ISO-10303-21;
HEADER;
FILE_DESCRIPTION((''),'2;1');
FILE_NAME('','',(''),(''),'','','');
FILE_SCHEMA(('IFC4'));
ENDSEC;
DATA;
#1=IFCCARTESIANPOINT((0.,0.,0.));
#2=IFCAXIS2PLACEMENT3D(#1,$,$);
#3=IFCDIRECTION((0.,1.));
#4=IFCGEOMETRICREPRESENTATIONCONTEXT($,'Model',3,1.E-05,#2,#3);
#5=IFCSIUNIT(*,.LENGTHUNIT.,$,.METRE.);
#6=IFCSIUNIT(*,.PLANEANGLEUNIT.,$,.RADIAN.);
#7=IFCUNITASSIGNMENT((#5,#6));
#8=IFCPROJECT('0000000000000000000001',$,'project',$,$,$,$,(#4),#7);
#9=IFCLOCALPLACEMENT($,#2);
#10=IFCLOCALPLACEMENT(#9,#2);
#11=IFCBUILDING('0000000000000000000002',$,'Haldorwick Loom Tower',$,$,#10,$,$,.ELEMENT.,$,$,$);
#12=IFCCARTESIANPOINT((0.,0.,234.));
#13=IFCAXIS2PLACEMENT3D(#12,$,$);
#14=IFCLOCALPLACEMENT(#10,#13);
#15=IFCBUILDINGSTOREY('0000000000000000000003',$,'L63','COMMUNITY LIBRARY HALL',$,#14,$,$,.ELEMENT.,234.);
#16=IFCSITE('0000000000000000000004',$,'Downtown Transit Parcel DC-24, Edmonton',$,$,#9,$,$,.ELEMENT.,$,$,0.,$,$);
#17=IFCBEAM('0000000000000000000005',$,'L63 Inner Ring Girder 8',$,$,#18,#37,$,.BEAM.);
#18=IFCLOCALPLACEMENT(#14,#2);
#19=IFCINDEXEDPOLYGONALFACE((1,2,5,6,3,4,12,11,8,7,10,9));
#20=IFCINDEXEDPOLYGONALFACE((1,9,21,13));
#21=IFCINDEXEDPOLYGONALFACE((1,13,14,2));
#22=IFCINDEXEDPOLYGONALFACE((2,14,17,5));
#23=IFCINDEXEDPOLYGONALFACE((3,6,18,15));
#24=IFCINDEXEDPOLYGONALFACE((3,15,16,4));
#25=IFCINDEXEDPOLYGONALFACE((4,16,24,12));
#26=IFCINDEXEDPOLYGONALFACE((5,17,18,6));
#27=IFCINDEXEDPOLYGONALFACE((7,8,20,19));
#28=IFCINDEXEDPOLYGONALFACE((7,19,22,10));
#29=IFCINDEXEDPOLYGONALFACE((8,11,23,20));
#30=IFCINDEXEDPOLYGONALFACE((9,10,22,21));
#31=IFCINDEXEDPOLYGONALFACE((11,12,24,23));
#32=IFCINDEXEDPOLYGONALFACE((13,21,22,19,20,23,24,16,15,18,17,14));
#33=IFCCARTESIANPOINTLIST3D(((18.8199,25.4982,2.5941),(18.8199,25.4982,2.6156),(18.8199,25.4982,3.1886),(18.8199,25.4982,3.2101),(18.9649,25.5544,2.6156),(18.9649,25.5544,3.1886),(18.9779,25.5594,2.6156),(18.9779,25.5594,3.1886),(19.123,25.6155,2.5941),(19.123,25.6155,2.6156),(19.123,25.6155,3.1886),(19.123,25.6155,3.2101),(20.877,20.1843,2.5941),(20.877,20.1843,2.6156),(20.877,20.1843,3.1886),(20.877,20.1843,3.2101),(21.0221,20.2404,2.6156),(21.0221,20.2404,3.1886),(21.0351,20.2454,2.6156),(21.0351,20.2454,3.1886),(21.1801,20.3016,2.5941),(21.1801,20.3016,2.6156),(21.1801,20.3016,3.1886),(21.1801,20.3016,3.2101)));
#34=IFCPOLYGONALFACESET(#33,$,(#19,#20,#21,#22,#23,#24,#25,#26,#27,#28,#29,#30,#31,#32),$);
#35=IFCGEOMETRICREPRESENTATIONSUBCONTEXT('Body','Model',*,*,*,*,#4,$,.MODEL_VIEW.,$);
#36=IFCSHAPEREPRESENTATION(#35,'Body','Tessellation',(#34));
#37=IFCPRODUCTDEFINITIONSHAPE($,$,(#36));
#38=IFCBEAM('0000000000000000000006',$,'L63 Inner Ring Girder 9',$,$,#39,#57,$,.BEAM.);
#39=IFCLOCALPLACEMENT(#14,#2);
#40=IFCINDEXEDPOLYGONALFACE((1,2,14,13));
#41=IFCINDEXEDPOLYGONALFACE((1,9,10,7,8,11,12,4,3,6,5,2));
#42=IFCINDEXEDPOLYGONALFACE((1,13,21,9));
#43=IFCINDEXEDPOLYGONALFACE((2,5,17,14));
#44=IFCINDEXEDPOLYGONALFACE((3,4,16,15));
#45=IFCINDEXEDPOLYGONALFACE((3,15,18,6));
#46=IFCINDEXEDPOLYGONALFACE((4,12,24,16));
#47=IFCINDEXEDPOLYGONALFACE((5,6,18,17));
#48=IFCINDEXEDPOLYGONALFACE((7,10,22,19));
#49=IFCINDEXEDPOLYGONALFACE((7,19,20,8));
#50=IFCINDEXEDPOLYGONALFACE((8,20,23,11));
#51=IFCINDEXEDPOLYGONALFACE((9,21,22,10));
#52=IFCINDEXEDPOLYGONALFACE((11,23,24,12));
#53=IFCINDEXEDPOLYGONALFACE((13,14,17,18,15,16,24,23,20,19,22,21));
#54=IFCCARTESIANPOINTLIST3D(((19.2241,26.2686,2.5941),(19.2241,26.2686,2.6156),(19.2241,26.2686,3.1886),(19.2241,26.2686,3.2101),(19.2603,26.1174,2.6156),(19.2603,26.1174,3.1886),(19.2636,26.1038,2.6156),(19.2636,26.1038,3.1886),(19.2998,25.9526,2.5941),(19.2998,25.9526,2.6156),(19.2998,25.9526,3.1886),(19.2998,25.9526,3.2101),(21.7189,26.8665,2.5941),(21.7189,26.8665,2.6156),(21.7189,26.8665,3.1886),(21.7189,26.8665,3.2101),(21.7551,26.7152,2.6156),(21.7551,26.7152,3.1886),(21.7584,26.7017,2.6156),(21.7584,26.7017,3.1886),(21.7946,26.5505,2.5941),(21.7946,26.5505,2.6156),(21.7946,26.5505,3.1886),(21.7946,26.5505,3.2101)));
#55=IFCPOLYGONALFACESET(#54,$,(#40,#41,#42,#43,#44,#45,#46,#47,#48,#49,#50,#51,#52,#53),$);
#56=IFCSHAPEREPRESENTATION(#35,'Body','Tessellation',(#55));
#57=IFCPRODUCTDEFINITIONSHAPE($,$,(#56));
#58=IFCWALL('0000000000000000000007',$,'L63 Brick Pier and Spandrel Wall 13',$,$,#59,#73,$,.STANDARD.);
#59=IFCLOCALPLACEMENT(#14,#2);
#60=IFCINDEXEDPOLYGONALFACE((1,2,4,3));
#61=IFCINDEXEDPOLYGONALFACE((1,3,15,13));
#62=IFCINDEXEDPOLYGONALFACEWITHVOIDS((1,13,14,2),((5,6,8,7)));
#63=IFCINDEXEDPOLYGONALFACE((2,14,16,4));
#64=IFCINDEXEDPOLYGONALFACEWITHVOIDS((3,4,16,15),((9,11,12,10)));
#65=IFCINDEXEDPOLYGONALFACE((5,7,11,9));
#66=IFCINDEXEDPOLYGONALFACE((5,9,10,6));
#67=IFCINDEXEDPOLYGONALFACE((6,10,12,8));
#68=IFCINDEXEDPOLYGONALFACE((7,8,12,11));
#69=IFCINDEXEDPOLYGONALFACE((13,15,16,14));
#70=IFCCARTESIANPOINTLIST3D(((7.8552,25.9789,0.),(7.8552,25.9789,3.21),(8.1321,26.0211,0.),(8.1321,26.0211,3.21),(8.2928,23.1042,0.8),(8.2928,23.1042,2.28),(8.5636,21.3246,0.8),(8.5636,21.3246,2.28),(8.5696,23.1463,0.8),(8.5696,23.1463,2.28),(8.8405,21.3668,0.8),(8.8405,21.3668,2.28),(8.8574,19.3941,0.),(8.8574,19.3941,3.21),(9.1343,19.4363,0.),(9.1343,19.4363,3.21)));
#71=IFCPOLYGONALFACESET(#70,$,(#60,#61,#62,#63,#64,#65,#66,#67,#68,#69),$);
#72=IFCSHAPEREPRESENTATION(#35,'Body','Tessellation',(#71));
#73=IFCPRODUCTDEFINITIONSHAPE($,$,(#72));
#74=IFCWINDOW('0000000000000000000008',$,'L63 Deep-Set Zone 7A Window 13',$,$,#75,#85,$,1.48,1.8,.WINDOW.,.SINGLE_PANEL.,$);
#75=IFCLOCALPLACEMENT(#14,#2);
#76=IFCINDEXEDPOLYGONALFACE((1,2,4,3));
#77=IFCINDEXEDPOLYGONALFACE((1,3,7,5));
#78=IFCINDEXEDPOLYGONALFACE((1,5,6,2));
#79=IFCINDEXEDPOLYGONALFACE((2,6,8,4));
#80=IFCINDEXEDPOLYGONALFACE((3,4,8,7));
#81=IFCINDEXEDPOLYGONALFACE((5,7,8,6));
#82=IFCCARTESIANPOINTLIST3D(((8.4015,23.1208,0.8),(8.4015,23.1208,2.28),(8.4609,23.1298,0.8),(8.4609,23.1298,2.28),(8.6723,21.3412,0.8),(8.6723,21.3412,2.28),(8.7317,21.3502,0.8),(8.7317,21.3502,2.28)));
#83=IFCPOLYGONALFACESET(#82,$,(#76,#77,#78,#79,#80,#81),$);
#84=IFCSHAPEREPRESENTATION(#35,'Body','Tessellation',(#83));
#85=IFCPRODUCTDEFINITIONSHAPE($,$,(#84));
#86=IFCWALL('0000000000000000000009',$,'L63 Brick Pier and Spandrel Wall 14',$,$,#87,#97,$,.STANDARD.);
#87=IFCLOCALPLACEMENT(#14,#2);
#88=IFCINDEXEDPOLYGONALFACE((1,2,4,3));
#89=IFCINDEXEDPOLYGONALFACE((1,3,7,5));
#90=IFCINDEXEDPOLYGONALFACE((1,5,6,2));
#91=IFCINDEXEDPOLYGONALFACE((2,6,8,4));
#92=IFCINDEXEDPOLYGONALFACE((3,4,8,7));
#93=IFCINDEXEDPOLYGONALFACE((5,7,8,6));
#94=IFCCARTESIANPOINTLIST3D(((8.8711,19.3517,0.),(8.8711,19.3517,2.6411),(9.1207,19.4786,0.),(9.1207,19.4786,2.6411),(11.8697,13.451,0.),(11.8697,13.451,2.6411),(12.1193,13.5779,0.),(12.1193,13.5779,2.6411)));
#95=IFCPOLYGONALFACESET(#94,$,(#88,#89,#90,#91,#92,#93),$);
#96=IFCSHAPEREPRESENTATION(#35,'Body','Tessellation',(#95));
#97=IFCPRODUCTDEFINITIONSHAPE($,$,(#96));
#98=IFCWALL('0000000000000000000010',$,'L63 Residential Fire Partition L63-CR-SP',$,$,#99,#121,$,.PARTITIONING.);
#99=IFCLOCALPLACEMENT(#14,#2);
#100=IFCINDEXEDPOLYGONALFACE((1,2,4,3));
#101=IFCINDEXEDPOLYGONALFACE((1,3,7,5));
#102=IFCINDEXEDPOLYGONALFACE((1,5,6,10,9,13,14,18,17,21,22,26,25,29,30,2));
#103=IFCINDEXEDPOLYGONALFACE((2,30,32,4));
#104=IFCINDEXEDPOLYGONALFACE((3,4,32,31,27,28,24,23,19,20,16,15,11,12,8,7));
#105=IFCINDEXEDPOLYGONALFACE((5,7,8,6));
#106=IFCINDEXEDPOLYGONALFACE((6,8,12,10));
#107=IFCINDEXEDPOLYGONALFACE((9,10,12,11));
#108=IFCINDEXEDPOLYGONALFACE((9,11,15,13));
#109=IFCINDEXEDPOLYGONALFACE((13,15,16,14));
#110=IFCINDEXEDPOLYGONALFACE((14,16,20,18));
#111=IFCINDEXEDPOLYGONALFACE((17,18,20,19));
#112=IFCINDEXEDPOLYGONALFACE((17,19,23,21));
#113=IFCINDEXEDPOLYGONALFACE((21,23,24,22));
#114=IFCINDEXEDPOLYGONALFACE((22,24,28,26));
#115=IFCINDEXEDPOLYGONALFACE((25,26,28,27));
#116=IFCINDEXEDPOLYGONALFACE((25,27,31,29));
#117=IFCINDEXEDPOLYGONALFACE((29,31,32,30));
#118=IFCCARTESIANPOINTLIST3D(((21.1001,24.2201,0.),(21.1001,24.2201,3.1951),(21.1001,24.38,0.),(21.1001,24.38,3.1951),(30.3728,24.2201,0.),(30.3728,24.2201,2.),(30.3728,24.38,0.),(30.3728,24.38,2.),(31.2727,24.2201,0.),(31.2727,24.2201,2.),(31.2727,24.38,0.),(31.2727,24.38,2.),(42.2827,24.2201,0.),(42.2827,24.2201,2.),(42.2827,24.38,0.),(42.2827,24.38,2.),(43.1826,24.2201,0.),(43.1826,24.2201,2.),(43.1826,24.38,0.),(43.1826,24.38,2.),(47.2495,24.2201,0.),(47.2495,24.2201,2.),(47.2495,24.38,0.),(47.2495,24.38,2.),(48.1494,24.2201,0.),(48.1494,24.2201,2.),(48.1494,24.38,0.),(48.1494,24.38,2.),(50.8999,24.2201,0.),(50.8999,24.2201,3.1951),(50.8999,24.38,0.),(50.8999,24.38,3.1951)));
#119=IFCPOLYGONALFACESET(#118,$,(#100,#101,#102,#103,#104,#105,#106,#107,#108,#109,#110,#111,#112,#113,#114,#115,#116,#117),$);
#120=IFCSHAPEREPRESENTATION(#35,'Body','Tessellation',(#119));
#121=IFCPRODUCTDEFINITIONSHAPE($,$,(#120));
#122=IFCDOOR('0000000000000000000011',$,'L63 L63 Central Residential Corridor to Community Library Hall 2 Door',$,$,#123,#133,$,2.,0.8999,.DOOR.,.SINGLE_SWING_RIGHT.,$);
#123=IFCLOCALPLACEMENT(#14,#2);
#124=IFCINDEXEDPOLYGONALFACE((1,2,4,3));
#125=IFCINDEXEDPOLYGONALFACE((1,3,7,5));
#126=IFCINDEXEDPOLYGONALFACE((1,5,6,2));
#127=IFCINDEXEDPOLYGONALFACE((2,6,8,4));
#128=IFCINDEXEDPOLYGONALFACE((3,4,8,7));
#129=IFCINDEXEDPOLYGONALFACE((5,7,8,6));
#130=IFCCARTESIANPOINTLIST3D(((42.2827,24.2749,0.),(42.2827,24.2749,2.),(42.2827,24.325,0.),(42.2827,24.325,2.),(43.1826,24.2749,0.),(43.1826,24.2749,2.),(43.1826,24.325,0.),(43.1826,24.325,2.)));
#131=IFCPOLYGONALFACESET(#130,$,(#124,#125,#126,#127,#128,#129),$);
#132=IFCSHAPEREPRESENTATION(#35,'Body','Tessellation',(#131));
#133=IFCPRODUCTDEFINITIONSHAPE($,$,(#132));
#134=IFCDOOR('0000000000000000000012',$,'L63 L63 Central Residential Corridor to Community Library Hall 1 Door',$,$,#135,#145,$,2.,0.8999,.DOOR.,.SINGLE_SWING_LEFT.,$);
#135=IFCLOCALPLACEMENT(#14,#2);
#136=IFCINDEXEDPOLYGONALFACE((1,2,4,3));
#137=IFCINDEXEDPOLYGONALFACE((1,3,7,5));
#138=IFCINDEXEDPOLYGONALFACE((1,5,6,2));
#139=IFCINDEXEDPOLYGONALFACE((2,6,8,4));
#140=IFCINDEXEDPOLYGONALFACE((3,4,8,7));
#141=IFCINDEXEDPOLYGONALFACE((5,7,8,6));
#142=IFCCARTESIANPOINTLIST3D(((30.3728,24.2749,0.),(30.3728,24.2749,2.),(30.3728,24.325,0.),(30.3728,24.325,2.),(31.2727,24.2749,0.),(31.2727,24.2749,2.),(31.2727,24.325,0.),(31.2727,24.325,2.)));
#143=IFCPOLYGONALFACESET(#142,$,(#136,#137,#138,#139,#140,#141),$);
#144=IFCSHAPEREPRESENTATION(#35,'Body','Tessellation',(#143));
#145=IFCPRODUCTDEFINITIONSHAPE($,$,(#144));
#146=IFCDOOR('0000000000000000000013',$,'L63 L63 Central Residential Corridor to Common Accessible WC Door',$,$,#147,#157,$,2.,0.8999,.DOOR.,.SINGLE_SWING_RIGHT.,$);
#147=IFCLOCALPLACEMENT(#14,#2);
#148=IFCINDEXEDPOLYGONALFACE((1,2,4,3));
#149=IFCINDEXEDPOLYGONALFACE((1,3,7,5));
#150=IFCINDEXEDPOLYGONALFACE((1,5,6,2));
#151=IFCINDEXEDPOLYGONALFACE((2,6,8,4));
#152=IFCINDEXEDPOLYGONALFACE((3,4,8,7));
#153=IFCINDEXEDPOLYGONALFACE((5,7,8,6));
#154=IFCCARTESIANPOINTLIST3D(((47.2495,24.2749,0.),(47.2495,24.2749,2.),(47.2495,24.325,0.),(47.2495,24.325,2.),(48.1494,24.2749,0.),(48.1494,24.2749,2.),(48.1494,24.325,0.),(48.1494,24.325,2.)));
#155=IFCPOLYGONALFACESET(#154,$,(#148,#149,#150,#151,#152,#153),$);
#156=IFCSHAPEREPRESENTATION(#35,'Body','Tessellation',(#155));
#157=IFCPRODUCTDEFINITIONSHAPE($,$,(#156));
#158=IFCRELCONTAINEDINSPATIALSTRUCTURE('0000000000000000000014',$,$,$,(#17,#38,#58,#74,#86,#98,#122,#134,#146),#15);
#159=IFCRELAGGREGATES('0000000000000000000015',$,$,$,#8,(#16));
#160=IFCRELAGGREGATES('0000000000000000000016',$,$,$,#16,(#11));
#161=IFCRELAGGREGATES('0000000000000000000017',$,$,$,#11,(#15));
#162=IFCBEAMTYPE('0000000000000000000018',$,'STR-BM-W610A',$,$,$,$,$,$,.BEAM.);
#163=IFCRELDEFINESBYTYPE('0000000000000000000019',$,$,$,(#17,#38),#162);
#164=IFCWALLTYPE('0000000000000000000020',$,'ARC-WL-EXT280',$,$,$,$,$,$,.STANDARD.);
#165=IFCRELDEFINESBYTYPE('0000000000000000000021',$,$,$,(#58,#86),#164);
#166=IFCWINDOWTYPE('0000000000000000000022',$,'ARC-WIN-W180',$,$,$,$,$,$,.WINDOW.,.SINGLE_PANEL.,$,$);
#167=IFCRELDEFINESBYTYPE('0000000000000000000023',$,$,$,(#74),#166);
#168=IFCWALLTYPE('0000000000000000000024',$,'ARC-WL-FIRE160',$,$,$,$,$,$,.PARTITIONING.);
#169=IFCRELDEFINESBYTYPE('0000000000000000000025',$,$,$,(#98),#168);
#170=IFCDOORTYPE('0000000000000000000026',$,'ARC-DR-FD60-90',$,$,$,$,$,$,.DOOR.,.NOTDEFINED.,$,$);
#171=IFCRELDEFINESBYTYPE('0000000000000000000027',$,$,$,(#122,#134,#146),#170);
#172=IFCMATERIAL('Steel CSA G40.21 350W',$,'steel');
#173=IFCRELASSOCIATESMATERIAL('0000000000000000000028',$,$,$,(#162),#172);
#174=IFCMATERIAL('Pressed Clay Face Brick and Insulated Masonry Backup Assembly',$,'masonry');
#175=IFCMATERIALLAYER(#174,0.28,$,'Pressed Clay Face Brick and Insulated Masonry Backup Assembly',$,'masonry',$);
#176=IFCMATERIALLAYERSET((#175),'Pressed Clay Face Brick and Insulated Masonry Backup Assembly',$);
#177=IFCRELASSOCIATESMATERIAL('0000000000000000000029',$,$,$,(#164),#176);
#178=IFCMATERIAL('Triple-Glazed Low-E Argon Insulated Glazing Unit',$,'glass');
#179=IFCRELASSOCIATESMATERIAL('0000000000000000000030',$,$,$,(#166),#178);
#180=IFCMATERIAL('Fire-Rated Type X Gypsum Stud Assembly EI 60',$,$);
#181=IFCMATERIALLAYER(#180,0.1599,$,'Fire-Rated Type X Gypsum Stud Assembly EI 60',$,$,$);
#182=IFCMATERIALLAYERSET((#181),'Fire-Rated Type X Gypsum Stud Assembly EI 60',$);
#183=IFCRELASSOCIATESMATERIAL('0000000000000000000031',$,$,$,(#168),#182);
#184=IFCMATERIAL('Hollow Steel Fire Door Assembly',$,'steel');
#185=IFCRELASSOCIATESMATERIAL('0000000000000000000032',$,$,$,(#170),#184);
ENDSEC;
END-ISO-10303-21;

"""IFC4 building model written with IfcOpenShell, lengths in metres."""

from ifc_helpers import new_model, si_unit, direction, frame, frame_2d, origin, origin_2d, place, context, subcontext, project, spatial, rectangle, i_section, extrude, material, layer, layer_set, material_profile, profile_set, type_object, element, fill, save


model = new_model("IFC4")

# Units and contexts
model_context = context("Model", 3, precision=1e-05, world=origin(), true_north=direction((0.0, 1.0)))
body_context = subcontext(model_context, "Body", "Model", "MODEL_VIEW")
ifc_project = project(units=[si_unit("LENGTHUNIT", "METRE"), si_unit("PLANEANGLEUNIT", "RADIAN")], contexts=[model_context])

# Site, building, storey
site_placement = place(None, origin())
site = spatial("IfcSite", under=ifc_project, at=site_placement, Name="Downtown Transit Parcel DC-24, Edmonton", CompositionType="ELEMENT", RefElevation=0.0)
building_placement = place(site_placement, origin())
building = spatial("IfcBuilding", under=site, at=building_placement, Name="Haldorwick Loom Tower", CompositionType="ELEMENT")
storey_placement = place(building_placement, frame((0.0, 0.0, 234.0)))
storey = spatial("IfcBuildingStorey", under=building, at=storey_placement, Name="L63", Description="COMMUNITY LIBRARY HALL", CompositionType="ELEMENT", Elevation=234.0)

# Beams
ifc_material_1 = material(Name="Steel CSA G40.21 350W", Category="steel")
ifc_material_profile_1 = material_profile(ifc_material_1, i_section(OverallWidth=0.325, OverallDepth=0.616, WebThickness=0.0139, FlangeThickness=0.0215, at=origin_2d()), Name="W610X174", Category="steel")
ifc_profile_set_1 = profile_set([ifc_material_profile_1], Name="Steel CSA G40.21 350W")
beam_type_1 = type_object("IfcBeamType", Name="STR-BM-W610A", PredefinedType="BEAM", material=ifc_profile_set_1)
beam_1_placement = place(storey_placement, frame((21.0286, 20.2429, 2.9021), z_axis=(-0.361011, 0.932562, 0.0), x_axis=(-0.932562, -0.361011, 0.0)))
element("IfcBeam", 1, at=beam_1_placement, inside=storey, type_object=beam_type_1, Name="L63 Inner Ring Girder 8", PredefinedType="BEAM", context=body_context, shape_type="SweptSolid", body=[
    extrude(i_section(OverallWidth=0.325, OverallDepth=0.616, WebThickness=0.0139, FlangeThickness=0.0215, at=origin_2d()), origin(), (0.0, 0.0, 1.0), 5.6982),
])
beam_2_placement = place(storey_placement, frame((19.262, 26.1106, 2.9021), z_axis=(0.972464, 0.233053, 0.0), x_axis=(-0.233053, 0.972464, 0.0)))
element("IfcBeam", 2, at=beam_2_placement, inside=storey, type_object=beam_type_1, Name="L63 Inner Ring Girder 9", PredefinedType="BEAM", context=body_context, shape_type="SweptSolid", body=[
    extrude(i_section(OverallWidth=0.325, OverallDepth=0.616, WebThickness=0.0139, FlangeThickness=0.0215, at=origin_2d()), origin(), (0.0, 0.0, 1.0), 2.5654),
])

# Wall, opening, window
ifc_material_2 = material(Name="Pressed Clay Face Brick and Insulated Masonry Backup Assembly", Category="masonry")
ifc_layer_1 = layer(ifc_material_2, 0.28, Name="Pressed Clay Face Brick and Insulated Masonry Backup Assembly", Category="masonry")
ifc_layer_set_1 = layer_set([ifc_layer_1], Name="Pressed Clay Face Brick and Insulated Masonry Backup Assembly")
wall_type_1 = type_object("IfcWallType", Name="ARC-WL-EXT280", PredefinedType="STANDARD", material=ifc_layer_set_1)
wall_1_placement = place(storey_placement, frame((7.9937, 26.0, 0.0), z_axis=(0.0, 0.0, 1.0), x_axis=(0.150468, -0.988615, 0.0)))
wall_1 = element("IfcWall", 3, at=wall_1_placement, inside=storey, type_object=wall_type_1, Name="L63 Brick Pier and Spandrel Wall 13", PredefinedType="STANDARD", context=body_context, shape_type="SweptSolid", body=[
    extrude(rectangle(XDim=6.6606, YDim=0.28, at=frame_2d((3.3303, 0.0))), origin(), (0.0, 0.0, 1.0), 3.21),
])
opening_1_placement = place(wall_1_placement, frame((2.908, 0.0, 0.8)))
opening_1 = element("IfcOpeningElement", 4, at=opening_1_placement, cuts=wall_1, PredefinedType="OPENING", context=body_context, shape_type="SweptSolid", body=[
    extrude(rectangle(XDim=1.8, YDim=1.48, at=frame_2d((0.8999, 0.74))), frame((0.0, 0.1499, 0.0), z_axis=(0.0, -1.0, 0.0), x_axis=(1.0, 0.0, 0.0)), (0.0, 0.0, 1.0), 0.3),
])
ifc_material_3 = material(Name="Triple-Glazed Low-E Argon Insulated Glazing Unit", Category="glass")
window_type = type_object("IfcWindowType", Name="ARC-WIN-W180", PartitioningType="SINGLE_PANEL", PredefinedType="WINDOW", material=ifc_material_3)
window_placement = place(opening_1_placement, origin())
window = element("IfcWindow", 5, at=window_placement, inside=storey, type_object=window_type, Name="L63 Deep-Set Zone 7A Window 13", OverallHeight=1.48, OverallWidth=1.8, PartitioningType="SINGLE_PANEL", PredefinedType="WINDOW", context=body_context, shape_type="SweptSolid", body=[
    extrude(rectangle(XDim=1.8, YDim=1.48, at=frame_2d((0.8999, 0.74))), frame((0.0, 0.03, 0.0), z_axis=(0.0, -1.0, 0.0), x_axis=(1.0, 0.0, 0.0)), (0.0, 0.0, 1.0), 0.0601),
])
fill(opening_1, window)

# Wall
wall_2_placement = place(storey_placement, frame((8.9958, 19.4153, 0.0), z_axis=(0.0, 0.0, 1.0), x_axis=(0.453032, -0.891494, 0.0)))
element("IfcWall", 6, at=wall_2_placement, inside=storey, type_object=wall_type_1, Name="L63 Brick Pier and Spandrel Wall 14", PredefinedType="STANDARD", context=body_context, shape_type="SweptSolid", body=[
    extrude(rectangle(XDim=6.6189, YDim=0.28, at=frame_2d((3.3096, 0.0))), origin(), (0.0, 0.0, 1.0), 2.6411),
])

# Wall, openings, doors
ifc_material_4 = material(Name="Fire-Rated Type X Gypsum Stud Assembly EI 60")
ifc_layer_2 = layer(ifc_material_4, 0.1599, Name="Fire-Rated Type X Gypsum Stud Assembly EI 60")
ifc_layer_set_2 = layer_set([ifc_layer_2], Name="Fire-Rated Type X Gypsum Stud Assembly EI 60")
wall_type_2 = type_object("IfcWallType", Name="ARC-WL-FIRE160", PredefinedType="PARTITIONING", material=ifc_layer_set_2)
wall_3_placement = place(storey_placement, frame((21.1001, 24.3, 0.0), z_axis=(0.0, 0.0, 1.0), x_axis=(1.0, 0.0, 0.0)))
wall_3 = element("IfcWall", 7, at=wall_3_placement, inside=storey, type_object=wall_type_2, Name="L63 Residential Fire Partition L63-CR-SP", PredefinedType="PARTITIONING", context=body_context, shape_type="SweptSolid", body=[
    extrude(rectangle(XDim=29.7998, YDim=0.1599, at=frame_2d((14.8999, 0.0))), origin(), (0.0, 0.0, 1.0), 3.1951),
])
opening_2_placement = place(wall_3_placement, frame((21.1826, 0.0, 0.0)))
opening_2 = element("IfcOpeningElement", 8, at=opening_2_placement, cuts=wall_3, PredefinedType="OPENING", context=body_context, shape_type="SweptSolid", body=[
    extrude(rectangle(XDim=0.8999, YDim=2.0, at=frame_2d((0.45, 1.0))), frame((0.0, 0.0898, 0.0), z_axis=(0.0, -1.0, 0.0), x_axis=(1.0, 0.0, 0.0)), (0.0, 0.0, 1.0), 0.1799),
])
opening_3_placement = place(wall_3_placement, frame((9.2727, 0.0, 0.0)))
opening_3 = element("IfcOpeningElement", 9, at=opening_3_placement, cuts=wall_3, PredefinedType="OPENING", context=body_context, shape_type="SweptSolid", body=[
    extrude(rectangle(XDim=0.8999, YDim=2.0, at=frame_2d((0.45, 1.0))), frame((0.0, 0.0898, 0.0), z_axis=(0.0, -1.0, 0.0), x_axis=(1.0, 0.0, 0.0)), (0.0, 0.0, 1.0), 0.1799),
])
opening_4_placement = place(wall_3_placement, frame((26.1494, 0.0, 0.0)))
opening_4 = element("IfcOpeningElement", 10, at=opening_4_placement, cuts=wall_3, PredefinedType="OPENING", context=body_context, shape_type="SweptSolid", body=[
    extrude(rectangle(XDim=0.8999, YDim=2.0, at=frame_2d((0.45, 1.0))), frame((0.0, 0.0898, 0.0), z_axis=(0.0, -1.0, 0.0), x_axis=(1.0, 0.0, 0.0)), (0.0, 0.0, 1.0), 0.1799),
])
ifc_material_5 = material(Name="Hollow Steel Fire Door Assembly", Category="steel")
door_type = type_object("IfcDoorType", Name="ARC-DR-FD60-90", OperationType="NOTDEFINED", PredefinedType="DOOR", material=ifc_material_5)
door_1_placement = place(opening_2_placement, origin())
door_1 = element("IfcDoor", 11, at=door_1_placement, inside=storey, type_object=door_type, Name="L63 L63 Central Residential Corridor to Community Library Hall 2 Door", OperationType="SINGLE_SWING_RIGHT", OverallHeight=2.0, OverallWidth=0.8999, PredefinedType="DOOR", context=body_context, shape_type="SweptSolid", body=[
    extrude(rectangle(XDim=0.8999, YDim=2.0, at=frame_2d((0.45, 1.0))), frame((0.0, 0.0249, 0.0), z_axis=(0.0, -1.0, 0.0), x_axis=(1.0, 0.0, 0.0)), (0.0, 0.0, 1.0), 0.05),
])
fill(opening_2, door_1)
door_2_placement = place(opening_3_placement, origin())
door_2 = element("IfcDoor", 12, at=door_2_placement, inside=storey, type_object=door_type, Name="L63 L63 Central Residential Corridor to Community Library Hall 1 Door", OperationType="SINGLE_SWING_LEFT", OverallHeight=2.0, OverallWidth=0.8999, PredefinedType="DOOR", context=body_context, shape_type="SweptSolid", body=[
    extrude(rectangle(XDim=0.8999, YDim=2.0, at=frame_2d((0.45, 1.0))), frame((0.0, 0.0249, 0.0), z_axis=(0.0, -1.0, 0.0), x_axis=(1.0, 0.0, 0.0)), (0.0, 0.0, 1.0), 0.05),
])
fill(opening_3, door_2)
door_3_placement = place(opening_4_placement, origin())
door_3 = element("IfcDoor", 13, at=door_3_placement, inside=storey, type_object=door_type, Name="L63 L63 Central Residential Corridor to Common Accessible WC Door", OperationType="SINGLE_SWING_RIGHT", OverallHeight=2.0, OverallWidth=0.8999, PredefinedType="DOOR", context=body_context, shape_type="SweptSolid", body=[
    extrude(rectangle(XDim=0.8999, YDim=2.0, at=frame_2d((0.45, 1.0))), frame((0.0, 0.0249, 0.0), z_axis=(0.0, -1.0, 0.0), x_axis=(1.0, 0.0, 0.0)), (0.0, 0.0, 1.0), 0.05),
])
fill(opening_4, door_3)

save(model, "model.ifc")
